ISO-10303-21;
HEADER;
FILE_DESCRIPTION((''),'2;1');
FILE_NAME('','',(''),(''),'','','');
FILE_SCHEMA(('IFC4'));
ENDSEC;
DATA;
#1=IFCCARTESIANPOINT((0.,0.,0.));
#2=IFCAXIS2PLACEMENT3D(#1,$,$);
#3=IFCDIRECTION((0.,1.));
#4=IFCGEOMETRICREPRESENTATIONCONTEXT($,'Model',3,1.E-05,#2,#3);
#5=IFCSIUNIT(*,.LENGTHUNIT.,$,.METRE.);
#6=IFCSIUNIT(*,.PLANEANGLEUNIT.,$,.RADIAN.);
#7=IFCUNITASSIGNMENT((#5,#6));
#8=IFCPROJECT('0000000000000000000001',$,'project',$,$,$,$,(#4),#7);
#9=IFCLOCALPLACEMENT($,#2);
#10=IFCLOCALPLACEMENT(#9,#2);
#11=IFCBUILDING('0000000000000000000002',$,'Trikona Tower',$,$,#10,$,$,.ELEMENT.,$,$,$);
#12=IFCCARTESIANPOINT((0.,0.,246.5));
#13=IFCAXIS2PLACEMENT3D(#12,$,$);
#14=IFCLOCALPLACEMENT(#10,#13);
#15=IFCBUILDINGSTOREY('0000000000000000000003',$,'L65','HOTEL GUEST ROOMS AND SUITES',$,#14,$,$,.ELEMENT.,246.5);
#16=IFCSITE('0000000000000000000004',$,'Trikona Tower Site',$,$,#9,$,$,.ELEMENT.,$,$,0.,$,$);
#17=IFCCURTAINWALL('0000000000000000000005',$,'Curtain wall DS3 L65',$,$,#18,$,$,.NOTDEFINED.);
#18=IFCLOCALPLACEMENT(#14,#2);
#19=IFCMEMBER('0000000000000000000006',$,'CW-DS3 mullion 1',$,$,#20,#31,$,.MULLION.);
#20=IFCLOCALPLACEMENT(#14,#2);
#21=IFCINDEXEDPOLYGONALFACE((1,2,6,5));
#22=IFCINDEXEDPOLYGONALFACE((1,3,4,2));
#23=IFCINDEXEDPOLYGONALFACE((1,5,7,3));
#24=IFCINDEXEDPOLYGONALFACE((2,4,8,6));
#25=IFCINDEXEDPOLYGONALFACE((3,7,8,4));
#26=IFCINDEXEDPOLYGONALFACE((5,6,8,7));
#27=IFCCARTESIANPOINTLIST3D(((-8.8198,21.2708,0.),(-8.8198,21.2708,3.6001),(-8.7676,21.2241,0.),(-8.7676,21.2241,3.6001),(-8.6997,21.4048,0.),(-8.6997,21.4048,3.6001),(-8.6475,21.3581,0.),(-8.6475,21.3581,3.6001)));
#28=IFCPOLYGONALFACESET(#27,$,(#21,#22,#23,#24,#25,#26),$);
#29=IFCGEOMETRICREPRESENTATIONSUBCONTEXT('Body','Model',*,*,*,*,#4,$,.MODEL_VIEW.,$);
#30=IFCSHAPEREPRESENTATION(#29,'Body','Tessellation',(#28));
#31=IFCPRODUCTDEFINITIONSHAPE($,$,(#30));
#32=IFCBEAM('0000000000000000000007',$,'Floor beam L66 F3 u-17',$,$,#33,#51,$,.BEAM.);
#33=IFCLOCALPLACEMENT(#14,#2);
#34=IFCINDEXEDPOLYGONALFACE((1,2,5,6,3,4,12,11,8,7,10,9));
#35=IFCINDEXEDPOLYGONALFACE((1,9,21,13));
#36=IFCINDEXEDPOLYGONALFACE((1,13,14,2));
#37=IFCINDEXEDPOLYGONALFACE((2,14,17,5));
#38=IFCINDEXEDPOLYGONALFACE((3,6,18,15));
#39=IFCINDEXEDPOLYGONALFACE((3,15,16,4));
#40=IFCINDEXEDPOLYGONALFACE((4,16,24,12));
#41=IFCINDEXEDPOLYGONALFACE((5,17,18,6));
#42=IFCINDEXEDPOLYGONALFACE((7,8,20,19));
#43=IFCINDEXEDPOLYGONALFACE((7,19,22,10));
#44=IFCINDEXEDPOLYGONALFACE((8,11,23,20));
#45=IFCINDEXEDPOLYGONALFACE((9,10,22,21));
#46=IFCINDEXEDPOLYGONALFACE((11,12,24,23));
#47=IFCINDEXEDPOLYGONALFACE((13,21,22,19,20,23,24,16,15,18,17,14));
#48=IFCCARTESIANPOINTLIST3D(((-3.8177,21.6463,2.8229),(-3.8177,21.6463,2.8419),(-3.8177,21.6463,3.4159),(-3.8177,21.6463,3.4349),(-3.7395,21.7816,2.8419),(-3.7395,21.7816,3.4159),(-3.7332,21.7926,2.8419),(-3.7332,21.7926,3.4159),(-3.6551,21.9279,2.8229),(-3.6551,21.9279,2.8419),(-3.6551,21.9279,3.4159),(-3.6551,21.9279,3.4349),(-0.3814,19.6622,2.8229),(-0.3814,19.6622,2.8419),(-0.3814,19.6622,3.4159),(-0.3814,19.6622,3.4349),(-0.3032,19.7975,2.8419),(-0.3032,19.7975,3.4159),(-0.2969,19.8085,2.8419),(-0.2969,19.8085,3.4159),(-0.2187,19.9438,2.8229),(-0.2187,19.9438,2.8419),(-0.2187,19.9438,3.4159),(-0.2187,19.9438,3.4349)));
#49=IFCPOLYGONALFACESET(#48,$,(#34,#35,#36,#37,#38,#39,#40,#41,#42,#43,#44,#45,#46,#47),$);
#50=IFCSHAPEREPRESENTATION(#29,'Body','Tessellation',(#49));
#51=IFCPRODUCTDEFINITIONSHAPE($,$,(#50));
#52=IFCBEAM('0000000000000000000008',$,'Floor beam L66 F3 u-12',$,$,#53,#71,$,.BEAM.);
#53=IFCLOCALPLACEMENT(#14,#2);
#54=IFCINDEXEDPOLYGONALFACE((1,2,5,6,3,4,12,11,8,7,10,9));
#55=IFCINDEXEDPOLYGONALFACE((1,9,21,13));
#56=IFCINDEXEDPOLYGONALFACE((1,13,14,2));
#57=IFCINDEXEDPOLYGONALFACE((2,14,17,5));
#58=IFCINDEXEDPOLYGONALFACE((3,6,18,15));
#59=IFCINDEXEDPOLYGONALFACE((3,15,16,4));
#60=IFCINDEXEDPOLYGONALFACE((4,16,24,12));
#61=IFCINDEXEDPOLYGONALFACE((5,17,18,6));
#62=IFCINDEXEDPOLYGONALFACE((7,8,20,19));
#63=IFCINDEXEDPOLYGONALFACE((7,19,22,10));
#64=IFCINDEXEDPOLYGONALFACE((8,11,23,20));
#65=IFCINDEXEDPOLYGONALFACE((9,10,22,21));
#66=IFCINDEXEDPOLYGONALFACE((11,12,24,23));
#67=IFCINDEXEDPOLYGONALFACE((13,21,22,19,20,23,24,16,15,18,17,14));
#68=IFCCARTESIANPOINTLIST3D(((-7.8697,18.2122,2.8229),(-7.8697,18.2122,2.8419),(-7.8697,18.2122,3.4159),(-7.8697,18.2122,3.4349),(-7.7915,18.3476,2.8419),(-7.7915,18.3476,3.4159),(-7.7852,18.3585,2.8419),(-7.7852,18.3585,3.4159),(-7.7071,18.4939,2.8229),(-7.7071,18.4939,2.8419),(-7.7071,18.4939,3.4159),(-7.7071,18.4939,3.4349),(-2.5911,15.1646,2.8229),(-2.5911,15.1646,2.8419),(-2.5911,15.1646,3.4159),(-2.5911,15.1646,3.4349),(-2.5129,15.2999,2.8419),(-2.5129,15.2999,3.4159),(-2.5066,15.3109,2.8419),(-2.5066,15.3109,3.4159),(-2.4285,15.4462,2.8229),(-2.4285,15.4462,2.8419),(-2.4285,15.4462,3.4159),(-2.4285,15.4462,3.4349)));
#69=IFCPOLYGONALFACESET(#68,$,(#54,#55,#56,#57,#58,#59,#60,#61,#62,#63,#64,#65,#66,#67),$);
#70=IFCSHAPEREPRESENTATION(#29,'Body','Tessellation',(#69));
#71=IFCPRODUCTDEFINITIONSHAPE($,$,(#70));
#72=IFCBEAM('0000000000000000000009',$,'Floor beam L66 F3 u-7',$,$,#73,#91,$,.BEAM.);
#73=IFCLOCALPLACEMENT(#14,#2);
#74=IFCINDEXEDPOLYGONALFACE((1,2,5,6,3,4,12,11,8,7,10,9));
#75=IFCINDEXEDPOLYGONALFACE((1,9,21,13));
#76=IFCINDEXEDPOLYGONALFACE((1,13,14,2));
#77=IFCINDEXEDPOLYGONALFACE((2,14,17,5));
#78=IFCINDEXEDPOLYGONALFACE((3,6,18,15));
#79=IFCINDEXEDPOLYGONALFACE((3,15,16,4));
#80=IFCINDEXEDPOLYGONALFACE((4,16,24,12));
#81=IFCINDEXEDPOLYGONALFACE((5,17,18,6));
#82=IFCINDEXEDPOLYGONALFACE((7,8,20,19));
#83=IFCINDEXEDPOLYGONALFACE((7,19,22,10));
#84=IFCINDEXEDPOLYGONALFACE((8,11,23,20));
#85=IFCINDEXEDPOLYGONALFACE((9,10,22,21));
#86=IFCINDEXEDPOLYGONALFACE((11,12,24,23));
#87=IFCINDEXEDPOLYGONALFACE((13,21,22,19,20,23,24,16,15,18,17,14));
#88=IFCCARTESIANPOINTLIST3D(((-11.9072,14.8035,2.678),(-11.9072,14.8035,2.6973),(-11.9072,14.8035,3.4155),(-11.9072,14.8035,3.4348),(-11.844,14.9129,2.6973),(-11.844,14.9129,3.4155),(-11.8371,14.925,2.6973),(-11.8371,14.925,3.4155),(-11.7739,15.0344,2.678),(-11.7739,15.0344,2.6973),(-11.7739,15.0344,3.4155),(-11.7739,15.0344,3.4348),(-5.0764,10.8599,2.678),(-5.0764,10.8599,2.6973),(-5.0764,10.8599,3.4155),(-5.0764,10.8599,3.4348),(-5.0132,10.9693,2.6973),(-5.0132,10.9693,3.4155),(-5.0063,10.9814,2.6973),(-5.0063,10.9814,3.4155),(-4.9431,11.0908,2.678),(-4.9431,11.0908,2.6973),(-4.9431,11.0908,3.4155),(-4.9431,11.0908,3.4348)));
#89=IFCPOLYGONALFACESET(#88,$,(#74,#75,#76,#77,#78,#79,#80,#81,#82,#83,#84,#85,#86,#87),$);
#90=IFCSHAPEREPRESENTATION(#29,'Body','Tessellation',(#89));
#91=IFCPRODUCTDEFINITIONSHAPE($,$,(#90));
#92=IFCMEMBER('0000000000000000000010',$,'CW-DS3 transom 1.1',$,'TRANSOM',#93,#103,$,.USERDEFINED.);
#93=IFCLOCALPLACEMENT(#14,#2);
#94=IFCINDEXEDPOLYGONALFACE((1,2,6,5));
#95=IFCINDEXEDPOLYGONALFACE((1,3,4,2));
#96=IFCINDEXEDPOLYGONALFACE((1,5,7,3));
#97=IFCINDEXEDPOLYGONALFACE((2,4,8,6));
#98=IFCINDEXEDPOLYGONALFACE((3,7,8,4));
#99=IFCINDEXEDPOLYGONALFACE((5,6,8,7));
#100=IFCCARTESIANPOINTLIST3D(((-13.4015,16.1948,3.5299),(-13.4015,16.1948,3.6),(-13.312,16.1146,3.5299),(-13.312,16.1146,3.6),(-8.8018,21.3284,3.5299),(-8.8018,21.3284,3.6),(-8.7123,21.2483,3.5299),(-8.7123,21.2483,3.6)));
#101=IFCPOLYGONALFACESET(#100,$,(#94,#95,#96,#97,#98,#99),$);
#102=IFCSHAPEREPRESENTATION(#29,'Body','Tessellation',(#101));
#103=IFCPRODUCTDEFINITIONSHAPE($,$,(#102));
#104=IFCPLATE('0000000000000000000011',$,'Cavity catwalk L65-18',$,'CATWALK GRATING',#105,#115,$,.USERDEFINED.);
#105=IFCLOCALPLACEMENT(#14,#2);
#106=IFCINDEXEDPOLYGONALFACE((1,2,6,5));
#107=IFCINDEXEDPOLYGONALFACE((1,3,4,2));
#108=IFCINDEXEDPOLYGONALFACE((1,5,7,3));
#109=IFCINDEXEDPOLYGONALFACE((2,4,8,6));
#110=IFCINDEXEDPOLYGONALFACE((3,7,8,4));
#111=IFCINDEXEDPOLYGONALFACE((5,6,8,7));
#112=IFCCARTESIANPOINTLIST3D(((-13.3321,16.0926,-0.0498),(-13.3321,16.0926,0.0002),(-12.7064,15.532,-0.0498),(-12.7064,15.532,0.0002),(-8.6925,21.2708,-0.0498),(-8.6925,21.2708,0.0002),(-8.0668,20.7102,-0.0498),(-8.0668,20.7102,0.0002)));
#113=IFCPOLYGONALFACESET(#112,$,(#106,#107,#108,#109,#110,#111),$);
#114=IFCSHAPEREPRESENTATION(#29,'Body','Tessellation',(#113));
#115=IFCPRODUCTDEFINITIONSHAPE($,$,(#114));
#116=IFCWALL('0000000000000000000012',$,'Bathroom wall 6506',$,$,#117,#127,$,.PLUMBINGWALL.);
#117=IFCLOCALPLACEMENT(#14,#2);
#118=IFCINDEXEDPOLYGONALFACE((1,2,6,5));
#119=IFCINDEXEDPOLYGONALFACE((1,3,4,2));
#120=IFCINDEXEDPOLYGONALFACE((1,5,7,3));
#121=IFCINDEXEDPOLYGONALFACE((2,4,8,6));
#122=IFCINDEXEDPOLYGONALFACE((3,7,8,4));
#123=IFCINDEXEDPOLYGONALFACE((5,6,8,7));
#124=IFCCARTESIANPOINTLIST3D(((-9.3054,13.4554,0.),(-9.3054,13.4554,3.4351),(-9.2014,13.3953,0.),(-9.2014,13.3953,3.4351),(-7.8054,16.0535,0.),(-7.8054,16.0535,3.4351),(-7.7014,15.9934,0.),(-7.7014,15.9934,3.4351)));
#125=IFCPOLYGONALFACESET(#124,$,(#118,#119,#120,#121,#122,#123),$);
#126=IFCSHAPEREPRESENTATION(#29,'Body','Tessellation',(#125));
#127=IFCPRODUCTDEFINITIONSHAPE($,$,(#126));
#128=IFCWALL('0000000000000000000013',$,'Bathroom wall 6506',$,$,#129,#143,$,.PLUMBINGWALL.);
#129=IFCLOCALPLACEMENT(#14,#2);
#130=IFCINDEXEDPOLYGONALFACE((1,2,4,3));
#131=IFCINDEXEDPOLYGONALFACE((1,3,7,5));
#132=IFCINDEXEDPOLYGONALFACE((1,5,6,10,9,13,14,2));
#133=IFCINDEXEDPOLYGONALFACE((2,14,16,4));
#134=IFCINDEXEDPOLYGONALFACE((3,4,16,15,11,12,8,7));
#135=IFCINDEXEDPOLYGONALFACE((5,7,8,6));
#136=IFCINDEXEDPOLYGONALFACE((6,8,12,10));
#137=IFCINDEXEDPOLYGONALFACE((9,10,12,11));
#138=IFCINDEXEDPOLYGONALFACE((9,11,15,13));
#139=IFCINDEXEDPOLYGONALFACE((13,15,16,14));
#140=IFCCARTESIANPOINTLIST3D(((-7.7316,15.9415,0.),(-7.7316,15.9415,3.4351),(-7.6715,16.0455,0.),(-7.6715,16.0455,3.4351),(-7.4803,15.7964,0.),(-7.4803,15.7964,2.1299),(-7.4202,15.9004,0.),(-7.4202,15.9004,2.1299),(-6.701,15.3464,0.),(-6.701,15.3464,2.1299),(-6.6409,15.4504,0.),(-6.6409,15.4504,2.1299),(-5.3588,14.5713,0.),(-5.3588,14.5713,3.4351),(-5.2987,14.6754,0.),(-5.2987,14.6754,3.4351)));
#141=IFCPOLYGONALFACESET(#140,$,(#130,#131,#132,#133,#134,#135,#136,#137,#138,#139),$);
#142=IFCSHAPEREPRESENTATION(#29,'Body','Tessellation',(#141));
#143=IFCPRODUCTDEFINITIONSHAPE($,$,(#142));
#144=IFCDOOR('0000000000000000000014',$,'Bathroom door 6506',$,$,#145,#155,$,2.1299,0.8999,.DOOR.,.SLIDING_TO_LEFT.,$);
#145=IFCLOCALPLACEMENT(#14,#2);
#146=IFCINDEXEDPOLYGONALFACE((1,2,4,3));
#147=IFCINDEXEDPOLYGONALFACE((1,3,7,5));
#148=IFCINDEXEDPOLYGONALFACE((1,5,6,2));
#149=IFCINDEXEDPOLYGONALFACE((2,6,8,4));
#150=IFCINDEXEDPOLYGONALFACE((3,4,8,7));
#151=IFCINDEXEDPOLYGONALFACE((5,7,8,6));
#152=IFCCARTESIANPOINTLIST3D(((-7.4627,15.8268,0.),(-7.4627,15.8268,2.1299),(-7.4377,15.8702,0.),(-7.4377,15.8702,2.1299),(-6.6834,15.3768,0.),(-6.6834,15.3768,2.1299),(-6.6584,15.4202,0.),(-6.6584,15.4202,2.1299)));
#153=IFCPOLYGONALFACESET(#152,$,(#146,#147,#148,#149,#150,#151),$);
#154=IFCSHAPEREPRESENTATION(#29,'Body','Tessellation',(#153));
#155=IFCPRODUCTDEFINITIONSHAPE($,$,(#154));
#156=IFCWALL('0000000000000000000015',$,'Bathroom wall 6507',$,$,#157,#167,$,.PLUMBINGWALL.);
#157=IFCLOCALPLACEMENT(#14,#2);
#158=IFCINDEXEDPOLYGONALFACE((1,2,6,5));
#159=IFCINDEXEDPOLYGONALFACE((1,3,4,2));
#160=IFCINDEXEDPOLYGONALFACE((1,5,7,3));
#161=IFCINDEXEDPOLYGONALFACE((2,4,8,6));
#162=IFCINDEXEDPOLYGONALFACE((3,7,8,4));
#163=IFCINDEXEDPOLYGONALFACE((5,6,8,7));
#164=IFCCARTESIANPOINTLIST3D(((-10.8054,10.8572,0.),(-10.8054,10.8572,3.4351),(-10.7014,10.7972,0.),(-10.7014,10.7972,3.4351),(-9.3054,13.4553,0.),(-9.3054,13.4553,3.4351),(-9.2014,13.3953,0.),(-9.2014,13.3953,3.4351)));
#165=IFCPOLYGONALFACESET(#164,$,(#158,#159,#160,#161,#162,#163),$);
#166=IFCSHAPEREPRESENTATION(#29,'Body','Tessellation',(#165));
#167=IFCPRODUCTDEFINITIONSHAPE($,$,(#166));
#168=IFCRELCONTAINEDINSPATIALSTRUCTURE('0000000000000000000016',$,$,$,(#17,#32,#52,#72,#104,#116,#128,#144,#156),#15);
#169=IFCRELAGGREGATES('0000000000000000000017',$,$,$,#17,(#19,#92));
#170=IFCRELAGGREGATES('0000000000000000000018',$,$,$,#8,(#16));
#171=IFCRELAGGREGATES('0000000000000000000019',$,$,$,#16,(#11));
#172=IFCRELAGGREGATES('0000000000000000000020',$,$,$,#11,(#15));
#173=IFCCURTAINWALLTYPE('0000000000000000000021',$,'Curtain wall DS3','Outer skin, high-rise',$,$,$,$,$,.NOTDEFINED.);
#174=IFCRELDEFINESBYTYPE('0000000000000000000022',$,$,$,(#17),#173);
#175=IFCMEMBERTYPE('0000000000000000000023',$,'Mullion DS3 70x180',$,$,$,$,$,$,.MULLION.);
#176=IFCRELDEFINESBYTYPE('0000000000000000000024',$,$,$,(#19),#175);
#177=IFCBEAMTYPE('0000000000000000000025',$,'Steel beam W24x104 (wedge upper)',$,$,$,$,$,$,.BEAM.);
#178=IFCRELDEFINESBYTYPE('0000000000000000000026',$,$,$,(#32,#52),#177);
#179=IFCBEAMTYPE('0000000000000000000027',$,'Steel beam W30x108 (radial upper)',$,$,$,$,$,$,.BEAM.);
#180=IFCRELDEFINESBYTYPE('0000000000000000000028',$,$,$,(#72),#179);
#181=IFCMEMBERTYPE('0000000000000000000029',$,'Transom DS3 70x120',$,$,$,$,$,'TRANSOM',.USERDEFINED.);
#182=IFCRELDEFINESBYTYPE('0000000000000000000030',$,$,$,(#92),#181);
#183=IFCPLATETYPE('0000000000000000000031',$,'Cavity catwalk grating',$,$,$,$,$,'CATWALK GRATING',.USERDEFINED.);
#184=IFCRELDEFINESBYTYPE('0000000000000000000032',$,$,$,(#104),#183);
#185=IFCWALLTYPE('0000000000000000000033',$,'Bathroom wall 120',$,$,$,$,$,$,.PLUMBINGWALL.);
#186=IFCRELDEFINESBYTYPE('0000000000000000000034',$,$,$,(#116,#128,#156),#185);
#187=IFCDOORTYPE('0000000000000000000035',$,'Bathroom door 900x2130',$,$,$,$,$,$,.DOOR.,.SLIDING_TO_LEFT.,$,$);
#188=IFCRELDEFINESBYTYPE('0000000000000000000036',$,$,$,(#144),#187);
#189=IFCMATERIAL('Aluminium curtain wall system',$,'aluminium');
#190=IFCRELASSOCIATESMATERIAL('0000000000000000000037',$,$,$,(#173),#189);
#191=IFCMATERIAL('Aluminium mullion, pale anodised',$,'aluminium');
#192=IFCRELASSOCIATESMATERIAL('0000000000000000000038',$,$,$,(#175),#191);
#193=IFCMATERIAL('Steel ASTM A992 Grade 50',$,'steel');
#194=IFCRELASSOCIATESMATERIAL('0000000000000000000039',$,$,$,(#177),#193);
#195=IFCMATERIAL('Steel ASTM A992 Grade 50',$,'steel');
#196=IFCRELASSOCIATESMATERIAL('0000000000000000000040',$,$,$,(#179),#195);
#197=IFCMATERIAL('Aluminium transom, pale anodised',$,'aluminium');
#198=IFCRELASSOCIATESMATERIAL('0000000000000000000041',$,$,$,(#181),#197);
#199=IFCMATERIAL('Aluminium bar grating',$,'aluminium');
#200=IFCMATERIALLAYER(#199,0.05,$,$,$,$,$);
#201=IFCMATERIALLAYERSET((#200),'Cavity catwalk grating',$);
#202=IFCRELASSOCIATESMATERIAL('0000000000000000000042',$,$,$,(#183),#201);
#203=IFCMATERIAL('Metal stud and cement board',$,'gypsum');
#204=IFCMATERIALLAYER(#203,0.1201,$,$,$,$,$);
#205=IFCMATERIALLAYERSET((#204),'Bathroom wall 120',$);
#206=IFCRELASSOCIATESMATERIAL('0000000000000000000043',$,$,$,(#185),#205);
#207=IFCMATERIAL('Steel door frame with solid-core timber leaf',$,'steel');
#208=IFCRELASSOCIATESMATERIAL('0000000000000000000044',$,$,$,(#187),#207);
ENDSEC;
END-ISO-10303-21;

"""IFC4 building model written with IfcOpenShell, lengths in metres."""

from ifc_helpers import new_model, si_unit, direction, frame, frame_2d, origin, origin_2d, place, context, subcontext, project, spatial, rectangle, i_section, extrude, material, layer, layer_set, material_profile, profile_set, type_object, element, fill, aggregate, save


model = new_model("IFC4")

# Units and contexts
model_context = context("Model", 3, precision=1e-05, world=origin(), true_north=direction((0.0, 1.0)))
body_context = subcontext(model_context, "Body", "Model", "MODEL_VIEW")
ifc_project = project(units=[si_unit("LENGTHUNIT", "METRE"), si_unit("PLANEANGLEUNIT", "RADIAN")], contexts=[model_context])

# Site, building, storey
site_placement = place(None, origin())
site = spatial("IfcSite", under=ifc_project, at=site_placement, Name="Trikona Tower Site", CompositionType="ELEMENT", RefElevation=0.0)
building_placement = place(site_placement, origin())
building = spatial("IfcBuilding", under=site, at=building_placement, Name="Trikona Tower", CompositionType="ELEMENT")
storey_placement = place(building_placement, frame((0.0, 0.0, 246.5)))
storey = spatial("IfcBuildingStorey", under=building, at=storey_placement, Name="L65", Description="HOTEL GUEST ROOMS AND SUITES", CompositionType="ELEMENT", Elevation=246.5)

# Curtain wall, member
ifc_material_1 = material(Name="Aluminium curtain wall system", Category="aluminium")
curtain_wall_type = type_object("IfcCurtainWallType", Name="Curtain wall DS3", Description="Outer skin, high-rise", PredefinedType="NOTDEFINED", material=ifc_material_1)
curtain_wall_placement = place(storey_placement, origin())
curtain_wall = element("IfcCurtainWall", 1, at=curtain_wall_placement, inside=storey, type_object=curtain_wall_type, Name="Curtain wall DS3 L65", PredefinedType="NOTDEFINED")
ifc_material_2 = material(Name="Aluminium mullion, pale anodised", Category="aluminium")
ifc_material_profile_1 = material_profile(ifc_material_2, rectangle(XDim=0.0701, YDim=0.1799, at=origin_2d()), Name="MUL-DS3")
ifc_profile_set_1 = profile_set([ifc_material_profile_1], Name="Aluminium mullion, pale anodised")
member_type_1 = type_object("IfcMemberType", Name="Mullion DS3 70x180", PredefinedType="MULLION", material=ifc_profile_set_1)
member_1_placement = place(storey_placement, frame((-8.7336, 21.3145, 0.0), z_axis=(0.0, 0.0, 1.0), x_axis=(0.744771, -0.66732, 0.0)))
member_1 = element("IfcMember", 2, at=member_1_placement, type_object=member_type_1, Name="CW-DS3 mullion 1", PredefinedType="MULLION", context=body_context, shape_type="SweptSolid", body=[
    extrude(rectangle(XDim=0.0701, YDim=0.1799, at=origin_2d()), origin(), (0.0, 0.0, 1.0), 3.6001),
])

# Beams
ifc_material_3 = material(Name="Steel ASTM A992 Grade 50", Category="steel")
ifc_material_profile_2 = material_profile(ifc_material_3, i_section(OverallWidth=0.3252, OverallDepth=0.6121, WebThickness=0.0127, FlangeThickness=0.019, at=origin_2d()), Name="W24X104")
ifc_profile_set_2 = profile_set([ifc_material_profile_2], Name="Steel ASTM A992 Grade 50")
beam_type_1 = type_object("IfcBeamType", Name="Steel beam W24x104 (wedge upper)", PredefinedType="BEAM", material=ifc_profile_set_2)
beam_1_placement = place(storey_placement, frame((-0.3, 19.803, 3.1289), z_axis=(-0.866004, 0.500037, 0.0), x_axis=(-0.500037, -0.866004, 0.0)))
element("IfcBeam", 3, at=beam_1_placement, inside=storey, type_object=beam_type_1, Name="Floor beam L66 F3 u-17", PredefinedType="BEAM", context=body_context, shape_type="SweptSolid", body=[
    extrude(i_section(OverallWidth=0.3252, OverallDepth=0.6121, WebThickness=0.0127, FlangeThickness=0.019, at=origin_2d()), origin(), (0.0, 0.0, 1.0), 3.968),
])
beam_2_placement = place(storey_placement, frame((-2.5098, 15.3054, 3.1289), z_axis=(-0.866023, 0.500003, 0.0), x_axis=(-0.500003, -0.866023, 0.0)))
element("IfcBeam", 4, at=beam_2_placement, inside=storey, type_object=beam_type_1, Name="Floor beam L66 F3 u-12", PredefinedType="BEAM", context=body_context, shape_type="SweptSolid", body=[
    extrude(i_section(OverallWidth=0.3252, OverallDepth=0.6121, WebThickness=0.0127, FlangeThickness=0.019, at=origin_2d()), origin(), (0.0, 0.0, 1.0), 6.0952),
])
ifc_material_4 = material(Name="Steel ASTM A992 Grade 50", Category="steel")
ifc_material_profile_3 = material_profile(ifc_material_4, i_section(OverallWidth=0.2666, OverallDepth=0.7568, WebThickness=0.0139, FlangeThickness=0.0193, at=origin_2d()), Name="W30X108")
ifc_profile_set_3 = profile_set([ifc_material_profile_3], Name="Steel ASTM A992 Grade 50")
beam_type_2 = type_object("IfcBeamType", Name="Steel beam W30x108 (radial upper)", PredefinedType="BEAM", material=ifc_profile_set_3)
beam_3_placement = place(storey_placement, frame((-5.0098, 10.9753, 3.0564), z_axis=(-0.866035, 0.499984, 0.0), x_axis=(-0.499984, -0.866035, 0.0)))
element("IfcBeam", 5, at=beam_3_placement, inside=storey, type_object=beam_type_2, Name="Floor beam L66 F3 u-7", PredefinedType="BEAM", context=body_context, shape_type="SweptSolid", body=[
    extrude(i_section(OverallWidth=0.2666, OverallDepth=0.7568, WebThickness=0.0139, FlangeThickness=0.0193, at=origin_2d()), origin(), (0.0, 0.0, 1.0), 7.8875),
])

# Member
ifc_material_5 = material(Name="Aluminium transom, pale anodised", Category="aluminium")
ifc_material_profile_4 = material_profile(ifc_material_5, rectangle(XDim=0.1201, YDim=0.0701, at=origin_2d()), Name="TRN-DS3")
ifc_profile_set_4 = profile_set([ifc_material_profile_4], Name="Aluminium transom, pale anodised")
member_type_2 = type_object("IfcMemberType", Name="Transom DS3 70x120", ElementType="TRANSOM", PredefinedType="USERDEFINED", material=ifc_profile_set_4)
member_2_placement = place(storey_placement, frame((-8.7571, 21.2883, 3.5649), z_axis=(-0.667313, -0.744777, 0.0), x_axis=(0.744777, -0.667313, 0.0)))
member_2 = element("IfcMember", 6, at=member_2_placement, type_object=member_type_2, Name="CW-DS3 transom 1.1", ObjectType="TRANSOM", PredefinedType="USERDEFINED", context=body_context, shape_type="SweptSolid", body=[
    extrude(rectangle(XDim=0.1201, YDim=0.0701, at=origin_2d()), origin(), (0.0, 0.0, 1.0), 6.8928),
])
aggregate(curtain_wall, [member_1, member_2])

# Plate
ifc_material_6 = material(Name="Aluminium bar grating", Category="aluminium")
ifc_layer_1 = layer(ifc_material_6, 0.05)
ifc_layer_set_1 = layer_set([ifc_layer_1], Name="Cavity catwalk grating")
plate_type = type_object("IfcPlateType", Name="Cavity catwalk grating", ElementType="CATWALK GRATING", PredefinedType="USERDEFINED", material=ifc_layer_set_1)
plate_placement = place(storey_placement, frame((-10.6995, 18.4014, -0.0498), z_axis=(0.0, 0.0, 1.0), x_axis=(-0.667311, -0.744779, 0.0)))
element("IfcPlate", 7, at=plate_placement, inside=storey, type_object=plate_type, Name="Cavity catwalk L65-18", ObjectType="CATWALK GRATING", PredefinedType="USERDEFINED", context=body_context, shape_type="SweptSolid", body=[
    extrude(rectangle(XDim=6.9526, YDim=0.8401, at=origin_2d()), origin(), (0.0, 0.0, 1.0), 0.05),
])

# Wall
ifc_material_7 = material(Name="Metal stud and cement board", Category="gypsum")
ifc_layer_2 = layer(ifc_material_7, 0.1201)
ifc_layer_set_2 = layer_set([ifc_layer_2], Name="Bathroom wall 120")
wall_type_1 = type_object("IfcWallType", Name="Bathroom wall 120", PredefinedType="PLUMBINGWALL", material=ifc_layer_set_2)
wall_1_placement = place(storey_placement, frame((-7.7534, 16.0234, 0.0), z_axis=(0.0, 0.0, 1.0), x_axis=(-0.49999, -0.866031, 0.0)))
element("IfcWall", 8, at=wall_1_placement, inside=storey, type_object=wall_type_1, Name="Bathroom wall 6506", PredefinedType="PLUMBINGWALL", context=body_context, shape_type="SweptSolid", body=[
    extrude(rectangle(XDim=3.0, YDim=0.1201, at=frame_2d((1.5, 0.0))), origin(), (0.0, 0.0, 1.0), 3.4351),
])

# Wall, opening, door
wall_2_placement = place(storey_placement, frame((-5.3286, 14.6233, 0.0), z_axis=(0.0, 0.0, 1.0), x_axis=(-0.865997, 0.500049, 0.0)))
wall_2 = element("IfcWall", 9, at=wall_2_placement, inside=storey, type_object=wall_type_1, Name="Bathroom wall 6506", PredefinedType="PLUMBINGWALL", context=body_context, shape_type="SweptSolid", body=[
    extrude(rectangle(XDim=2.74, YDim=0.1201, at=frame_2d((1.3701, 0.0))), origin(), (0.0, 0.0, 1.0), 3.4351),
])
opening_1_placement = place(wall_2_placement, frame((1.55, 0.0, 0.0)))
opening_1 = element("IfcOpeningElement", 10, at=opening_1_placement, cuts=wall_2, PredefinedType="OPENING", context=body_context, shape_type="SweptSolid", body=[
    extrude(rectangle(XDim=0.8999, YDim=2.1299, at=frame_2d((0.45, 1.0649))), frame((0.0, 0.0701, 0.0), z_axis=(0.0, -1.0, 0.0), x_axis=(1.0, 0.0, 0.0)), (0.0, 0.0, 1.0), 0.1401),
])
ifc_material_8 = material(Name="Steel door frame with solid-core timber leaf", Category="steel")
door_type_1 = type_object("IfcDoorType", Name="Bathroom door 900x2130", OperationType="SLIDING_TO_LEFT", PredefinedType="DOOR", material=ifc_material_8)
door_1_placement = place(opening_1_placement, origin())
door_1 = element("IfcDoor", 11, at=door_1_placement, inside=storey, type_object=door_type_1, Name="Bathroom door 6506", OperationType="SLIDING_TO_LEFT", OverallHeight=2.1299, OverallWidth=0.8999, PredefinedType="DOOR", context=body_context, shape_type="SweptSolid", body=[
    extrude(rectangle(XDim=0.8999, YDim=2.1299, at=frame_2d((0.45, 1.0649))), frame((0.0, 0.0249, 0.0), z_axis=(0.0, -1.0, 0.0), x_axis=(1.0, 0.0, 0.0)), (0.0, 0.0, 1.0), 0.05),
])
fill(opening_1, door_1)

# Wall
wall_3_placement = place(storey_placement, frame((-9.2534, 13.4253, 0.0), z_axis=(0.0, 0.0, 1.0), x_axis=(-0.49999, -0.866031, 0.0)))
element("IfcWall", 12, at=wall_3_placement, inside=storey, type_object=wall_type_1, Name="Bathroom wall 6507", PredefinedType="PLUMBINGWALL", context=body_context, shape_type="SweptSolid", body=[
    extrude(rectangle(XDim=3.0, YDim=0.1201, at=frame_2d((1.5, 0.0))), origin(), (0.0, 0.0, 1.0), 3.4351),
])

save(model, "model.ifc")
